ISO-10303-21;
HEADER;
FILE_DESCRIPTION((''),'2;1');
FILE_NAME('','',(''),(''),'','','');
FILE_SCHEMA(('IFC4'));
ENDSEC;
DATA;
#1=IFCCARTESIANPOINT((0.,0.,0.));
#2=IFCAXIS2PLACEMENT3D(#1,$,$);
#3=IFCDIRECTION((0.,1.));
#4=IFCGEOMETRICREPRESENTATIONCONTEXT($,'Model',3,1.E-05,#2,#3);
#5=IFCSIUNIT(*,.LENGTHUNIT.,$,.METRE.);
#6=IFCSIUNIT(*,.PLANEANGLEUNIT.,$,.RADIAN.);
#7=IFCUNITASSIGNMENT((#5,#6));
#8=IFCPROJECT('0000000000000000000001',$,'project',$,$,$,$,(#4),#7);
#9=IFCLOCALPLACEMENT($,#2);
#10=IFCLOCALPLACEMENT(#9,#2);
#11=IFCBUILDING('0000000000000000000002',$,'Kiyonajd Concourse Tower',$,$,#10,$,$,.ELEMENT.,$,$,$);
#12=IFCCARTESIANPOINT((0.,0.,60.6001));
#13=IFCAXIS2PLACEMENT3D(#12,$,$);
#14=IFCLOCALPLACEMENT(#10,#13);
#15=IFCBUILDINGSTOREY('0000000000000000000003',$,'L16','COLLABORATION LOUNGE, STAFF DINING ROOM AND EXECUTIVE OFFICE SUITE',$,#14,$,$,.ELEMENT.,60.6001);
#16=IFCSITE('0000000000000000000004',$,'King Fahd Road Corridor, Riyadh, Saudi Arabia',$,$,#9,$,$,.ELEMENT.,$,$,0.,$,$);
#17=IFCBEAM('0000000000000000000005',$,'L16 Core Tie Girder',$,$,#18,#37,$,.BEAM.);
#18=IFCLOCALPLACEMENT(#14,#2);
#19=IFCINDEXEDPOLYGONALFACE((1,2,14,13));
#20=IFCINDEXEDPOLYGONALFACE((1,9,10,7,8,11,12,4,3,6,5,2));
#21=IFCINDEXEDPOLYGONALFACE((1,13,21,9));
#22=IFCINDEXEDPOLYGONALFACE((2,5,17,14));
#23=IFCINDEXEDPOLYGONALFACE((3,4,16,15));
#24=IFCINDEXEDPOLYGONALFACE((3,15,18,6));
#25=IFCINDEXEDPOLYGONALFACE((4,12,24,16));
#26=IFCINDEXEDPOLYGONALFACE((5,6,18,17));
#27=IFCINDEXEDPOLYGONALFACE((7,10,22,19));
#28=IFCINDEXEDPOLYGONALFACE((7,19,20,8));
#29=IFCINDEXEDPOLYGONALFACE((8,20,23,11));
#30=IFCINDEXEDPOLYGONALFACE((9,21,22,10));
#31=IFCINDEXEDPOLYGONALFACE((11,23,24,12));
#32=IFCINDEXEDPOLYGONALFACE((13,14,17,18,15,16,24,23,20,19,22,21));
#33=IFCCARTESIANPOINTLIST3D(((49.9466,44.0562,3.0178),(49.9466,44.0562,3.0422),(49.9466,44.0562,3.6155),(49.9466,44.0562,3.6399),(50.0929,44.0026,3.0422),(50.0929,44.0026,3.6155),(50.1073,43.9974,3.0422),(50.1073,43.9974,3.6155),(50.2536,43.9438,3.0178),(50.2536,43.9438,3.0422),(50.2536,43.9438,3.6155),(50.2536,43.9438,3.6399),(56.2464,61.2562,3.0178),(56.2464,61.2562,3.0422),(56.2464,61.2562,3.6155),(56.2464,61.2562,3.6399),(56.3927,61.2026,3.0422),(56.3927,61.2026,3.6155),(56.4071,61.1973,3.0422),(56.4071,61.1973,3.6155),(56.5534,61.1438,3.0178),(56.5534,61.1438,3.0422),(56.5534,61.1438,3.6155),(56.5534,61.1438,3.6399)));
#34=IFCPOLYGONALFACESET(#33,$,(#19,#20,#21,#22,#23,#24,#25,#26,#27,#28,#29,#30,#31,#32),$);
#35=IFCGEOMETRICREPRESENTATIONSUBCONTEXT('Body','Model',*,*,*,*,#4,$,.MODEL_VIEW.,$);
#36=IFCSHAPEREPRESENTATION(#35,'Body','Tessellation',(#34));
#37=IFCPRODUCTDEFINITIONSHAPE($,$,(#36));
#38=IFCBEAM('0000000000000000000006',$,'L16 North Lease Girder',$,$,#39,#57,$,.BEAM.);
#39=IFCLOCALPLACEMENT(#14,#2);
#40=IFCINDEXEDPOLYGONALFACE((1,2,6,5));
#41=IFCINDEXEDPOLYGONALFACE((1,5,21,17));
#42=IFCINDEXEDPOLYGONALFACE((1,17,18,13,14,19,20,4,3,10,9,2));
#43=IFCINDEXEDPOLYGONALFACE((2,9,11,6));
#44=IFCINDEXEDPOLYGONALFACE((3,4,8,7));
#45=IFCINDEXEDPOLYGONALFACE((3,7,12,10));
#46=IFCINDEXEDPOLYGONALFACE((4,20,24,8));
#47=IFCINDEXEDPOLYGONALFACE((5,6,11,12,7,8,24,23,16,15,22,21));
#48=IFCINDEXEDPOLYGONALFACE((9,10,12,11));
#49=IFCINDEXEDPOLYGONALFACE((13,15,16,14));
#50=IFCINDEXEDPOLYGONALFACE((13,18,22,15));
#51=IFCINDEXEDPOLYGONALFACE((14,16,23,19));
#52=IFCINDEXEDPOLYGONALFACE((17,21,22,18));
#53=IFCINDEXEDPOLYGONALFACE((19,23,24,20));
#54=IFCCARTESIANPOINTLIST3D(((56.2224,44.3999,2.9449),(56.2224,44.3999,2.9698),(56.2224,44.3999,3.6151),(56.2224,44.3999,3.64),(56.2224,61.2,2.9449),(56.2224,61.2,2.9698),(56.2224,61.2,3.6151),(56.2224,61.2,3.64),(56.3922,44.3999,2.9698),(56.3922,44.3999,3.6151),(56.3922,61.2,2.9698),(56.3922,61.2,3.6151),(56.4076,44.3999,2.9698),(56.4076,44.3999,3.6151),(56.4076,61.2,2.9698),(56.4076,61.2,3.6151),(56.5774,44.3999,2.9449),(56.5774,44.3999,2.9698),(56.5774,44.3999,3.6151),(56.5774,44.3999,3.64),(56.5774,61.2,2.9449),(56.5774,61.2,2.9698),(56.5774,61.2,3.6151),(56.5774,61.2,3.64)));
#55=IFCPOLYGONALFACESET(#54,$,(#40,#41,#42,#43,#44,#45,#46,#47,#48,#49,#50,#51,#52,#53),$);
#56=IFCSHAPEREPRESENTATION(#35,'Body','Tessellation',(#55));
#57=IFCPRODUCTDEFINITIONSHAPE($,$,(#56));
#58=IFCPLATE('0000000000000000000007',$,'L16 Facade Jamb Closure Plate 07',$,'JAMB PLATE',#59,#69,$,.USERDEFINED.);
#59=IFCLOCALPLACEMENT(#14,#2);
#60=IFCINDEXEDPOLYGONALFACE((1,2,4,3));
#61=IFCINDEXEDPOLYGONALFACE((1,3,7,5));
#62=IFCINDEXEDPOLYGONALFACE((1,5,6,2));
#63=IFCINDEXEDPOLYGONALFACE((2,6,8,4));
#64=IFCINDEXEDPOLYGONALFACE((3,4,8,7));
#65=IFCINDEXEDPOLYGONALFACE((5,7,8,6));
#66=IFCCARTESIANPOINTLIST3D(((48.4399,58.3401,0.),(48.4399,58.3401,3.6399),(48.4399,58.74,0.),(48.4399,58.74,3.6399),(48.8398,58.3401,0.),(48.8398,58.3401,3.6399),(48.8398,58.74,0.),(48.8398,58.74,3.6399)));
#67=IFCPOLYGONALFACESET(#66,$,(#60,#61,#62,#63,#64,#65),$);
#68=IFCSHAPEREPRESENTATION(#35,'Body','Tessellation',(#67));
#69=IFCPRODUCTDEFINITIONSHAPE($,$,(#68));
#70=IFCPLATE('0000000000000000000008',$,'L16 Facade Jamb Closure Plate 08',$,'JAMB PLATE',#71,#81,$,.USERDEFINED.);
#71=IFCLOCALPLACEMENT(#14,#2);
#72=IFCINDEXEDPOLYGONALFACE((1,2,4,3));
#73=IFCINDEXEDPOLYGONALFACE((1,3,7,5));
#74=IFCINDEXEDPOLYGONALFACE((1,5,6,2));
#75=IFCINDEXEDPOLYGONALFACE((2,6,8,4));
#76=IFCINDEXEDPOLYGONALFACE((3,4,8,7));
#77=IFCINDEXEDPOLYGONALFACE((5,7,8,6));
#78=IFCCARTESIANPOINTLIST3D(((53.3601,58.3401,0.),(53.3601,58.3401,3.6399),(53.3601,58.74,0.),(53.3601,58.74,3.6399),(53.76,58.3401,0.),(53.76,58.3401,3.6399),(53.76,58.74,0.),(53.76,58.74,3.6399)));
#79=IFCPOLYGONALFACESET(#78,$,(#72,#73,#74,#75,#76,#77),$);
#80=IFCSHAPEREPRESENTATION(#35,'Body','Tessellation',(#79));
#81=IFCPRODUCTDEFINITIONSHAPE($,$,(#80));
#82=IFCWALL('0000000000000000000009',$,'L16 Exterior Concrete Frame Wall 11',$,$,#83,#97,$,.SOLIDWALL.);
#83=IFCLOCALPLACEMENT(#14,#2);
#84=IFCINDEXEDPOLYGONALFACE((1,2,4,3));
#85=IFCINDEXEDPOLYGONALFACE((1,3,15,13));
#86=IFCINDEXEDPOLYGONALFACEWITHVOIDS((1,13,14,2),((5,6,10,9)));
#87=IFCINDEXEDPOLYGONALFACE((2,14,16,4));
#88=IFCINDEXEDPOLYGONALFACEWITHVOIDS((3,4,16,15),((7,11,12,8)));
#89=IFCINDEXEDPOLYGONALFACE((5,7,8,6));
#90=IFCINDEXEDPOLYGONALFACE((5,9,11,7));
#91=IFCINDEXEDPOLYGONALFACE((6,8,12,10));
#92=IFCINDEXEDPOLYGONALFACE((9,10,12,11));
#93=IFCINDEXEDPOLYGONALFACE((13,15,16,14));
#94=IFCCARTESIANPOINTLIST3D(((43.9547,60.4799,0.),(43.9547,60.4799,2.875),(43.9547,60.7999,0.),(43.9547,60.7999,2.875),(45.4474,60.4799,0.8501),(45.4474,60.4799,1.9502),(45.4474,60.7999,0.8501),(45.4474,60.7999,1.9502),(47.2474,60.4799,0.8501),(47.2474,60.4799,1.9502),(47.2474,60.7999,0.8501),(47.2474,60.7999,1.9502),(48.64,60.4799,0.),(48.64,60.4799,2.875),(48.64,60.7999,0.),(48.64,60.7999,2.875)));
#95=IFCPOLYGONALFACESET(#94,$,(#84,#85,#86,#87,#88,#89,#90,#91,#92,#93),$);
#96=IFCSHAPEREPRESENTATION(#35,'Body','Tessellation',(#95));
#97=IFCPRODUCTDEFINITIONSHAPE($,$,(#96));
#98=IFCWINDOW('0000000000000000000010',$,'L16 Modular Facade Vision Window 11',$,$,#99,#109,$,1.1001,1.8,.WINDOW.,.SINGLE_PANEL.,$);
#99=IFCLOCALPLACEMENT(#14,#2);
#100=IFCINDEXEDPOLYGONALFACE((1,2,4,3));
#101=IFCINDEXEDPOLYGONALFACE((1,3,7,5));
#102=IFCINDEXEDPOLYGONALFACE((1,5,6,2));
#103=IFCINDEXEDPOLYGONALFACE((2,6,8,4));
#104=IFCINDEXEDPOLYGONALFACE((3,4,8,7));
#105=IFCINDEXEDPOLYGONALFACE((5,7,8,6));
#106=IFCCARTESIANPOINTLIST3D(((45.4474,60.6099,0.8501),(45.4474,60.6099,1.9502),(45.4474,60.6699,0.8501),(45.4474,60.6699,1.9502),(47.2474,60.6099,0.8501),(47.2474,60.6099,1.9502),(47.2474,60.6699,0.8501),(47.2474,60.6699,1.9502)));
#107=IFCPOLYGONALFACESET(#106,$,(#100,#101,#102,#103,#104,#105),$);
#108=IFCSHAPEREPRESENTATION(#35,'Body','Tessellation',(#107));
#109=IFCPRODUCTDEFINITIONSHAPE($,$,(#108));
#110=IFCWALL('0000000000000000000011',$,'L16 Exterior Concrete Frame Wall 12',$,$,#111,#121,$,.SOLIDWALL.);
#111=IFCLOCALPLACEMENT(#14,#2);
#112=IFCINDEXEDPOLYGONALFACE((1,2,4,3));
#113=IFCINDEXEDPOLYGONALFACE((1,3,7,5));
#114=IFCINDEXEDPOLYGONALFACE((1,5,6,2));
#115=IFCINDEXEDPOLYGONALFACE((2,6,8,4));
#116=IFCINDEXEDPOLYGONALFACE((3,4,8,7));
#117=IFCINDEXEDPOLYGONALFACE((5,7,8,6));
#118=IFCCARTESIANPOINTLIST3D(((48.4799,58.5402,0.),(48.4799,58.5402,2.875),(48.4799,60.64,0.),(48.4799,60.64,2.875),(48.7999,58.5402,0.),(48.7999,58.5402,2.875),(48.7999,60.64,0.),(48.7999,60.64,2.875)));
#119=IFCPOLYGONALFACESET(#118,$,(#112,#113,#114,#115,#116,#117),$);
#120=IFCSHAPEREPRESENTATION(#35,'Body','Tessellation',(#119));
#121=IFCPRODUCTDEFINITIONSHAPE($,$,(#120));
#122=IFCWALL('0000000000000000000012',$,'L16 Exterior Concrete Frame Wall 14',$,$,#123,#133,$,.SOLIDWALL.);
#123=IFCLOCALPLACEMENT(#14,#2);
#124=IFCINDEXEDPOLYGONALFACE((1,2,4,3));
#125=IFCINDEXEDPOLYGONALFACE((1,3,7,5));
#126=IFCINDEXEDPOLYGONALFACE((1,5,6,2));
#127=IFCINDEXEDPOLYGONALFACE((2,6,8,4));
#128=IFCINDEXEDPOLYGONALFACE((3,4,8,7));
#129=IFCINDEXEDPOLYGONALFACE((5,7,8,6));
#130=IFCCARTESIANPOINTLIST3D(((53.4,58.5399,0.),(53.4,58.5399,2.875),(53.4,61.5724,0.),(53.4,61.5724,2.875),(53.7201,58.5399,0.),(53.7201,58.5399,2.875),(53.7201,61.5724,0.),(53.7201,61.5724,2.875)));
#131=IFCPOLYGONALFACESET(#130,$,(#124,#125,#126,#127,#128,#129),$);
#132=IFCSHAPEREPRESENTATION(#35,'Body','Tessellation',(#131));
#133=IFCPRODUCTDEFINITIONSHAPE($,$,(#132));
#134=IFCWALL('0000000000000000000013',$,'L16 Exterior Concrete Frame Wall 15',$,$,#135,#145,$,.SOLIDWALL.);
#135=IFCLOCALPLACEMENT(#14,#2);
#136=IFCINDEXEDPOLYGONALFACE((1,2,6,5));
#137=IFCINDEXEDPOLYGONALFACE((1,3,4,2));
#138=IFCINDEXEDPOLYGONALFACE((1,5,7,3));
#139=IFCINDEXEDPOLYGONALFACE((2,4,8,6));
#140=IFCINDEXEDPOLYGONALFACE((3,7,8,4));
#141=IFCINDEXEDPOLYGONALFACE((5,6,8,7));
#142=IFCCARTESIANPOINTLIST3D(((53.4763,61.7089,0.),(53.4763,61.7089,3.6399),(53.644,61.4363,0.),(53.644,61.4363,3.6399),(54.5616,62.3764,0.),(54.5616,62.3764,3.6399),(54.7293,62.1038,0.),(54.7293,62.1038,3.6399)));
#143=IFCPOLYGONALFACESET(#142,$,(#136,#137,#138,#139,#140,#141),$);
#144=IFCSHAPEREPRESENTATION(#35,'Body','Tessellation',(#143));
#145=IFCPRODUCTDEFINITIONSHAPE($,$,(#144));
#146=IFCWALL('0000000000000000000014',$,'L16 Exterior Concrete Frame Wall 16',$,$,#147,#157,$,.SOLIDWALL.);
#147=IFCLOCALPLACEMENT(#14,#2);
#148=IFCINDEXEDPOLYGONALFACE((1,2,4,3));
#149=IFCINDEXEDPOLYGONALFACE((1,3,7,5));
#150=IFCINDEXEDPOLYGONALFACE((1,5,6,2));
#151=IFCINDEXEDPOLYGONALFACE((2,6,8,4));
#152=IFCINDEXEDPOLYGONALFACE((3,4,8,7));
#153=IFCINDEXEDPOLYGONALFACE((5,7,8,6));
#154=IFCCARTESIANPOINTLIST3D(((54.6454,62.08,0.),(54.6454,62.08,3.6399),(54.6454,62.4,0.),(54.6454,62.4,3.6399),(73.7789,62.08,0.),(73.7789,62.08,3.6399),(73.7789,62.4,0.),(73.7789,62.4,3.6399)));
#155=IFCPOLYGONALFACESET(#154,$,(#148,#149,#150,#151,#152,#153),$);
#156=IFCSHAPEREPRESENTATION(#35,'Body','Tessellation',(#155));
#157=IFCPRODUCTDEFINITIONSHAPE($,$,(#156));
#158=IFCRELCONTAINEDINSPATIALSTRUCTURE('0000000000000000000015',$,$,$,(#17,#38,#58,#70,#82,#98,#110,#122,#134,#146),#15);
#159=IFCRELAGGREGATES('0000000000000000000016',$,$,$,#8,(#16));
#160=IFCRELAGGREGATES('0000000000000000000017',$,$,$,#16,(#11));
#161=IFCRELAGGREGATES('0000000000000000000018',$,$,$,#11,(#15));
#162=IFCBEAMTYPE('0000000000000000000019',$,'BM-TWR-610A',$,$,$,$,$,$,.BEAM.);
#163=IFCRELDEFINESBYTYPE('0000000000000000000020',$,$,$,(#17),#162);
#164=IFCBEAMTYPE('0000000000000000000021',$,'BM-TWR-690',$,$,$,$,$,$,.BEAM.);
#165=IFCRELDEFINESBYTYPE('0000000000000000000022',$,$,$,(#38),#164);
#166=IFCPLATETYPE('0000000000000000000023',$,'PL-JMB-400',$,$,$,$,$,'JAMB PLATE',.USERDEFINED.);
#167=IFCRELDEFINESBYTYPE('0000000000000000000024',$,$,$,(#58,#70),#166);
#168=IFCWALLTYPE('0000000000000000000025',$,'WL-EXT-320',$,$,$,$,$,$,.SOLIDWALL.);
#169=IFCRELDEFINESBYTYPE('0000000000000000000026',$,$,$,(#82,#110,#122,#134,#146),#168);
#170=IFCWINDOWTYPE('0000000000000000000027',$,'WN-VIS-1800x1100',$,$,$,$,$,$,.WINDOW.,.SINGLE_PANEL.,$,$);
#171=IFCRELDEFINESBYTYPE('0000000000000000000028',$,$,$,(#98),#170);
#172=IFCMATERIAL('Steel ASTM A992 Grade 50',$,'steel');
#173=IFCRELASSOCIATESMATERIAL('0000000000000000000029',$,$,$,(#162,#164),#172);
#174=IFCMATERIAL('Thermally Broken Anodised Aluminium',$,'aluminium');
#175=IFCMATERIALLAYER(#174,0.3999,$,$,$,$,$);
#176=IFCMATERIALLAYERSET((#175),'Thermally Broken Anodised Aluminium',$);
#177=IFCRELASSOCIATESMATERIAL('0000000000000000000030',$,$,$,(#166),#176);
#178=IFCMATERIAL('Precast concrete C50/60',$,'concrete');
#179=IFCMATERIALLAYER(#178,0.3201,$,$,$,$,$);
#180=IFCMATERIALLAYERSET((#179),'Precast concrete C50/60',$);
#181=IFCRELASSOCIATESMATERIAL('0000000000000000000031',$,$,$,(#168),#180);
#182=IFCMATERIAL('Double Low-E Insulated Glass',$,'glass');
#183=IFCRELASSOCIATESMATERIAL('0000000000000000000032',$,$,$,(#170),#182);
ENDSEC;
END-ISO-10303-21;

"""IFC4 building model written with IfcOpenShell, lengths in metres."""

from ifc_helpers import new_model, si_unit, direction, frame, frame_2d, origin, origin_2d, place, context, subcontext, project, spatial, rectangle, i_section, extrude, material, layer, layer_set, material_profile, profile_set, type_object, element, fill, save


model = new_model("IFC4")

# Units and contexts
model_context = context("Model", 3, precision=1e-05, world=origin(), true_north=direction((0.0, 1.0)))
body_context = subcontext(model_context, "Body", "Model", "MODEL_VIEW")
ifc_project = project(units=[si_unit("LENGTHUNIT", "METRE"), si_unit("PLANEANGLEUNIT", "RADIAN")], contexts=[model_context])

# Site, building, storey
site_placement = place(None, origin())
site = spatial("IfcSite", under=ifc_project, at=site_placement, Name="King Fahd Road Corridor, Riyadh, Saudi Arabia", CompositionType="ELEMENT", RefElevation=0.0)
building_placement = place(site_placement, origin())
building = spatial("IfcBuilding", under=site, at=building_placement, Name="Kiyonajd Concourse Tower", CompositionType="ELEMENT")
storey_placement = place(building_placement, frame((0.0, 0.0, 60.6001)))
storey = spatial("IfcBuildingStorey", under=building, at=storey_placement, Name="L16", Description="COLLABORATION LOUNGE, STAFF DINING ROOM AND EXECUTIVE OFFICE SUITE", CompositionType="ELEMENT", Elevation=60.6001)

# Beams
ifc_material_1 = material(Name="Steel ASTM A992 Grade 50", Category="steel")
ifc_material_2 = material(Name="Precast concrete C50/60", Category="concrete")
ifc_material_profile_1 = material_profile(ifc_material_1, i_section(OverallWidth=0.3269, OverallDepth=0.6221, WebThickness=0.0154, FlangeThickness=0.0244, at=origin_2d()), Name="W610X195")
ifc_profile_set_1 = profile_set([ifc_material_profile_1], Name="Steel ASTM A992 Grade 50")
beam_type_1 = type_object("IfcBeamType", Name="BM-TWR-610A", PredefinedType="BEAM", material=ifc_profile_set_1)
beam_1_placement = place(storey_placement, frame((50.1001, 44.0, 3.3289), z_axis=(0.343925, 0.938997, 0.0), x_axis=(-0.938997, 0.343925, 0.0)))
element("IfcBeam", 1, at=beam_1_placement, inside=storey, type_object=beam_type_1, Name="L16 Core Tie Girder", PredefinedType="BEAM", context=body_context, shape_type="SweptSolid", body=[
    extrude(i_section(OverallWidth=0.3269, OverallDepth=0.6221, WebThickness=0.0154, FlangeThickness=0.0244, at=origin_2d()), origin(), (0.0, 0.0, 1.0), 18.3174),
])
ifc_material_profile_2 = material_profile(ifc_material_1, i_section(OverallWidth=0.355, OverallDepth=0.6951, WebThickness=0.0154, FlangeThickness=0.0249, at=origin_2d()), Name="W690X217")
ifc_profile_set_2 = profile_set([ifc_material_profile_2], Name="Steel ASTM A992 Grade 50")
beam_type_2 = type_object("IfcBeamType", Name="BM-TWR-690", PredefinedType="BEAM", material=ifc_profile_set_2)
beam_2_placement = place(storey_placement, frame((56.3999, 44.3999, 3.2925), z_axis=(0.0, 1.0, 0.0), x_axis=(-1.0, 0.0, 0.0)))
element("IfcBeam", 2, at=beam_2_placement, inside=storey, type_object=beam_type_2, Name="L16 North Lease Girder", PredefinedType="BEAM", context=body_context, shape_type="SweptSolid", body=[
    extrude(i_section(OverallWidth=0.355, OverallDepth=0.6951, WebThickness=0.0154, FlangeThickness=0.0249, at=origin_2d()), origin(), (0.0, 0.0, 1.0), 16.8),
])

# Plates
ifc_material_3 = material(Name="Thermally Broken Anodised Aluminium", Category="aluminium")
ifc_layer_1 = layer(ifc_material_3, 0.3999)
ifc_layer_set_1 = layer_set([ifc_layer_1], Name="Thermally Broken Anodised Aluminium")
plate_type = type_object("IfcPlateType", Name="PL-JMB-400", ElementType="JAMB PLATE", PredefinedType="USERDEFINED", material=ifc_layer_set_1)
for number, where, z_axis, x_axis, name in (
    (3, (48.6399, 58.54, 0.0), (0.0, 0.0, 1.0), (1.0, 0.0, 0.0), "L16 Facade Jamb Closure Plate 07"),
    (4, (53.5601, 58.54, 0.0), (0.0, 0.0, 1.0), (1.0, 0.0, 0.0), "L16 Facade Jamb Closure Plate 08"),
):
    element("IfcPlate", number, at=place(storey_placement, frame(where, z_axis=z_axis, x_axis=x_axis)), inside=storey, type_object=plate_type, Name=name, ObjectType="JAMB PLATE", PredefinedType="USERDEFINED", context=body_context, shape_type="SweptSolid", body=[
        extrude(rectangle(XDim=0.3999, YDim=0.3999, at=origin_2d()), origin(), (0.0, 0.0, 1.0), 3.6399),
    ])

# Wall, opening, window
ifc_layer_2 = layer(ifc_material_2, 0.3201)
ifc_layer_set_2 = layer_set([ifc_layer_2], Name="Precast concrete C50/60")
wall_type_1 = type_object("IfcWallType", Name="WL-EXT-320", PredefinedType="SOLIDWALL", material=ifc_layer_set_2)
wall_1_placement = place(storey_placement, frame((43.9546, 60.6399, 0.0), z_axis=(0.0, 0.0, 1.0), x_axis=(1.0, 0.0, 0.0)))
wall_1 = element("IfcWall", 5, at=wall_1_placement, inside=storey, type_object=wall_type_1, Name="L16 Exterior Concrete Frame Wall 11", PredefinedType="SOLIDWALL", context=body_context, shape_type="SweptSolid", body=[
    extrude(rectangle(XDim=4.6853, YDim=0.3201, at=frame_2d((2.3428, 0.0))), origin(), (0.0, 0.0, 1.0), 2.875),
])
opening_1_placement = place(wall_1_placement, frame((1.4929, 0.0, 0.8501)))
opening_1 = element("IfcOpeningElement", 6, at=opening_1_placement, cuts=wall_1, PredefinedType="OPENING", context=body_context, shape_type="SweptSolid", body=[
    extrude(rectangle(XDim=1.8, YDim=1.1001, at=frame_2d((0.8999, 0.55))), frame((0.0, 0.1699, 0.0), z_axis=(0.0, -1.0, 0.0), x_axis=(1.0, 0.0, 0.0)), (0.0, 0.0, 1.0), 0.3401),
])
ifc_material_4 = material(Name="Double Low-E Insulated Glass", Category="glass")
window_type = type_object("IfcWindowType", Name="WN-VIS-1800x1100", PartitioningType="SINGLE_PANEL", PredefinedType="WINDOW", material=ifc_material_4)
window_placement = place(opening_1_placement, origin())
window = element("IfcWindow", 7, at=window_placement, inside=storey, type_object=window_type, Name="L16 Modular Facade Vision Window 11", OverallHeight=1.1001, OverallWidth=1.8, PartitioningType="SINGLE_PANEL", PredefinedType="WINDOW", context=body_context, shape_type="SweptSolid", body=[
    extrude(rectangle(XDim=1.8, YDim=1.1001, at=frame_2d((0.8999, 0.55))), frame((0.0, 0.03, 0.0), z_axis=(0.0, -1.0, 0.0), x_axis=(1.0, 0.0, 0.0)), (0.0, 0.0, 1.0), 0.0601),
])
fill(opening_1, window)

# Walls
wall_2_placement = place(storey_placement, frame((48.6399, 60.6399, 0.0), z_axis=(0.0, 0.0, 1.0), x_axis=(0.0, -1.0, 0.0)))
element("IfcWall", 8, at=wall_2_placement, inside=storey, type_object=wall_type_1, Name="L16 Exterior Concrete Frame Wall 12", PredefinedType="SOLIDWALL", context=body_context, shape_type="SweptSolid", body=[
    extrude(rectangle(XDim=2.0999, YDim=0.3201, at=frame_2d((1.0498, 0.0))), origin(), (0.0, 0.0, 1.0), 2.875),
])
wall_3_placement = place(storey_placement, frame((53.5601, 58.54, 0.0), z_axis=(0.0, 0.0, 1.0), x_axis=(0.0, 1.0, 0.0)))
element("IfcWall", 9, at=wall_3_placement, inside=storey, type_object=wall_type_1, Name="L16 Exterior Concrete Frame Wall 14", PredefinedType="SOLIDWALL", context=body_context, shape_type="SweptSolid", body=[
    extrude(rectangle(XDim=3.0325, YDim=0.3201, at=frame_2d((1.5161, 0.0))), origin(), (0.0, 0.0, 1.0), 2.875),
])
wall_4_placement = place(storey_placement, frame((53.5601, 61.5725, 0.0), z_axis=(0.0, 0.0, 1.0), x_axis=(0.851777, 0.523905, 0.0)))
element("IfcWall", 10, at=wall_4_placement, inside=storey, type_object=wall_type_1, Name="L16 Exterior Concrete Frame Wall 15", PredefinedType="SOLIDWALL", context=body_context, shape_type="SweptSolid", body=[
    extrude(rectangle(XDim=1.2742, YDim=0.3201, at=frame_2d((0.6372, 0.0))), origin(), (0.0, 0.0, 1.0), 3.6399),
])
wall_5_placement = place(storey_placement, frame((54.6453, 62.24, 0.0), z_axis=(0.0, 0.0, 1.0), x_axis=(1.0, 0.0, 0.0)))
element("IfcWall", 11, at=wall_5_placement, inside=storey, type_object=wall_type_1, Name="L16 Exterior Concrete Frame Wall 16", PredefinedType="SOLIDWALL", context=body_context, shape_type="SweptSolid", body=[
    extrude(rectangle(XDim=19.1335, YDim=0.3201, at=frame_2d((9.5669, 0.0))), origin(), (0.0, 0.0, 1.0), 3.6399),
])

save(model, "model.ifc")
